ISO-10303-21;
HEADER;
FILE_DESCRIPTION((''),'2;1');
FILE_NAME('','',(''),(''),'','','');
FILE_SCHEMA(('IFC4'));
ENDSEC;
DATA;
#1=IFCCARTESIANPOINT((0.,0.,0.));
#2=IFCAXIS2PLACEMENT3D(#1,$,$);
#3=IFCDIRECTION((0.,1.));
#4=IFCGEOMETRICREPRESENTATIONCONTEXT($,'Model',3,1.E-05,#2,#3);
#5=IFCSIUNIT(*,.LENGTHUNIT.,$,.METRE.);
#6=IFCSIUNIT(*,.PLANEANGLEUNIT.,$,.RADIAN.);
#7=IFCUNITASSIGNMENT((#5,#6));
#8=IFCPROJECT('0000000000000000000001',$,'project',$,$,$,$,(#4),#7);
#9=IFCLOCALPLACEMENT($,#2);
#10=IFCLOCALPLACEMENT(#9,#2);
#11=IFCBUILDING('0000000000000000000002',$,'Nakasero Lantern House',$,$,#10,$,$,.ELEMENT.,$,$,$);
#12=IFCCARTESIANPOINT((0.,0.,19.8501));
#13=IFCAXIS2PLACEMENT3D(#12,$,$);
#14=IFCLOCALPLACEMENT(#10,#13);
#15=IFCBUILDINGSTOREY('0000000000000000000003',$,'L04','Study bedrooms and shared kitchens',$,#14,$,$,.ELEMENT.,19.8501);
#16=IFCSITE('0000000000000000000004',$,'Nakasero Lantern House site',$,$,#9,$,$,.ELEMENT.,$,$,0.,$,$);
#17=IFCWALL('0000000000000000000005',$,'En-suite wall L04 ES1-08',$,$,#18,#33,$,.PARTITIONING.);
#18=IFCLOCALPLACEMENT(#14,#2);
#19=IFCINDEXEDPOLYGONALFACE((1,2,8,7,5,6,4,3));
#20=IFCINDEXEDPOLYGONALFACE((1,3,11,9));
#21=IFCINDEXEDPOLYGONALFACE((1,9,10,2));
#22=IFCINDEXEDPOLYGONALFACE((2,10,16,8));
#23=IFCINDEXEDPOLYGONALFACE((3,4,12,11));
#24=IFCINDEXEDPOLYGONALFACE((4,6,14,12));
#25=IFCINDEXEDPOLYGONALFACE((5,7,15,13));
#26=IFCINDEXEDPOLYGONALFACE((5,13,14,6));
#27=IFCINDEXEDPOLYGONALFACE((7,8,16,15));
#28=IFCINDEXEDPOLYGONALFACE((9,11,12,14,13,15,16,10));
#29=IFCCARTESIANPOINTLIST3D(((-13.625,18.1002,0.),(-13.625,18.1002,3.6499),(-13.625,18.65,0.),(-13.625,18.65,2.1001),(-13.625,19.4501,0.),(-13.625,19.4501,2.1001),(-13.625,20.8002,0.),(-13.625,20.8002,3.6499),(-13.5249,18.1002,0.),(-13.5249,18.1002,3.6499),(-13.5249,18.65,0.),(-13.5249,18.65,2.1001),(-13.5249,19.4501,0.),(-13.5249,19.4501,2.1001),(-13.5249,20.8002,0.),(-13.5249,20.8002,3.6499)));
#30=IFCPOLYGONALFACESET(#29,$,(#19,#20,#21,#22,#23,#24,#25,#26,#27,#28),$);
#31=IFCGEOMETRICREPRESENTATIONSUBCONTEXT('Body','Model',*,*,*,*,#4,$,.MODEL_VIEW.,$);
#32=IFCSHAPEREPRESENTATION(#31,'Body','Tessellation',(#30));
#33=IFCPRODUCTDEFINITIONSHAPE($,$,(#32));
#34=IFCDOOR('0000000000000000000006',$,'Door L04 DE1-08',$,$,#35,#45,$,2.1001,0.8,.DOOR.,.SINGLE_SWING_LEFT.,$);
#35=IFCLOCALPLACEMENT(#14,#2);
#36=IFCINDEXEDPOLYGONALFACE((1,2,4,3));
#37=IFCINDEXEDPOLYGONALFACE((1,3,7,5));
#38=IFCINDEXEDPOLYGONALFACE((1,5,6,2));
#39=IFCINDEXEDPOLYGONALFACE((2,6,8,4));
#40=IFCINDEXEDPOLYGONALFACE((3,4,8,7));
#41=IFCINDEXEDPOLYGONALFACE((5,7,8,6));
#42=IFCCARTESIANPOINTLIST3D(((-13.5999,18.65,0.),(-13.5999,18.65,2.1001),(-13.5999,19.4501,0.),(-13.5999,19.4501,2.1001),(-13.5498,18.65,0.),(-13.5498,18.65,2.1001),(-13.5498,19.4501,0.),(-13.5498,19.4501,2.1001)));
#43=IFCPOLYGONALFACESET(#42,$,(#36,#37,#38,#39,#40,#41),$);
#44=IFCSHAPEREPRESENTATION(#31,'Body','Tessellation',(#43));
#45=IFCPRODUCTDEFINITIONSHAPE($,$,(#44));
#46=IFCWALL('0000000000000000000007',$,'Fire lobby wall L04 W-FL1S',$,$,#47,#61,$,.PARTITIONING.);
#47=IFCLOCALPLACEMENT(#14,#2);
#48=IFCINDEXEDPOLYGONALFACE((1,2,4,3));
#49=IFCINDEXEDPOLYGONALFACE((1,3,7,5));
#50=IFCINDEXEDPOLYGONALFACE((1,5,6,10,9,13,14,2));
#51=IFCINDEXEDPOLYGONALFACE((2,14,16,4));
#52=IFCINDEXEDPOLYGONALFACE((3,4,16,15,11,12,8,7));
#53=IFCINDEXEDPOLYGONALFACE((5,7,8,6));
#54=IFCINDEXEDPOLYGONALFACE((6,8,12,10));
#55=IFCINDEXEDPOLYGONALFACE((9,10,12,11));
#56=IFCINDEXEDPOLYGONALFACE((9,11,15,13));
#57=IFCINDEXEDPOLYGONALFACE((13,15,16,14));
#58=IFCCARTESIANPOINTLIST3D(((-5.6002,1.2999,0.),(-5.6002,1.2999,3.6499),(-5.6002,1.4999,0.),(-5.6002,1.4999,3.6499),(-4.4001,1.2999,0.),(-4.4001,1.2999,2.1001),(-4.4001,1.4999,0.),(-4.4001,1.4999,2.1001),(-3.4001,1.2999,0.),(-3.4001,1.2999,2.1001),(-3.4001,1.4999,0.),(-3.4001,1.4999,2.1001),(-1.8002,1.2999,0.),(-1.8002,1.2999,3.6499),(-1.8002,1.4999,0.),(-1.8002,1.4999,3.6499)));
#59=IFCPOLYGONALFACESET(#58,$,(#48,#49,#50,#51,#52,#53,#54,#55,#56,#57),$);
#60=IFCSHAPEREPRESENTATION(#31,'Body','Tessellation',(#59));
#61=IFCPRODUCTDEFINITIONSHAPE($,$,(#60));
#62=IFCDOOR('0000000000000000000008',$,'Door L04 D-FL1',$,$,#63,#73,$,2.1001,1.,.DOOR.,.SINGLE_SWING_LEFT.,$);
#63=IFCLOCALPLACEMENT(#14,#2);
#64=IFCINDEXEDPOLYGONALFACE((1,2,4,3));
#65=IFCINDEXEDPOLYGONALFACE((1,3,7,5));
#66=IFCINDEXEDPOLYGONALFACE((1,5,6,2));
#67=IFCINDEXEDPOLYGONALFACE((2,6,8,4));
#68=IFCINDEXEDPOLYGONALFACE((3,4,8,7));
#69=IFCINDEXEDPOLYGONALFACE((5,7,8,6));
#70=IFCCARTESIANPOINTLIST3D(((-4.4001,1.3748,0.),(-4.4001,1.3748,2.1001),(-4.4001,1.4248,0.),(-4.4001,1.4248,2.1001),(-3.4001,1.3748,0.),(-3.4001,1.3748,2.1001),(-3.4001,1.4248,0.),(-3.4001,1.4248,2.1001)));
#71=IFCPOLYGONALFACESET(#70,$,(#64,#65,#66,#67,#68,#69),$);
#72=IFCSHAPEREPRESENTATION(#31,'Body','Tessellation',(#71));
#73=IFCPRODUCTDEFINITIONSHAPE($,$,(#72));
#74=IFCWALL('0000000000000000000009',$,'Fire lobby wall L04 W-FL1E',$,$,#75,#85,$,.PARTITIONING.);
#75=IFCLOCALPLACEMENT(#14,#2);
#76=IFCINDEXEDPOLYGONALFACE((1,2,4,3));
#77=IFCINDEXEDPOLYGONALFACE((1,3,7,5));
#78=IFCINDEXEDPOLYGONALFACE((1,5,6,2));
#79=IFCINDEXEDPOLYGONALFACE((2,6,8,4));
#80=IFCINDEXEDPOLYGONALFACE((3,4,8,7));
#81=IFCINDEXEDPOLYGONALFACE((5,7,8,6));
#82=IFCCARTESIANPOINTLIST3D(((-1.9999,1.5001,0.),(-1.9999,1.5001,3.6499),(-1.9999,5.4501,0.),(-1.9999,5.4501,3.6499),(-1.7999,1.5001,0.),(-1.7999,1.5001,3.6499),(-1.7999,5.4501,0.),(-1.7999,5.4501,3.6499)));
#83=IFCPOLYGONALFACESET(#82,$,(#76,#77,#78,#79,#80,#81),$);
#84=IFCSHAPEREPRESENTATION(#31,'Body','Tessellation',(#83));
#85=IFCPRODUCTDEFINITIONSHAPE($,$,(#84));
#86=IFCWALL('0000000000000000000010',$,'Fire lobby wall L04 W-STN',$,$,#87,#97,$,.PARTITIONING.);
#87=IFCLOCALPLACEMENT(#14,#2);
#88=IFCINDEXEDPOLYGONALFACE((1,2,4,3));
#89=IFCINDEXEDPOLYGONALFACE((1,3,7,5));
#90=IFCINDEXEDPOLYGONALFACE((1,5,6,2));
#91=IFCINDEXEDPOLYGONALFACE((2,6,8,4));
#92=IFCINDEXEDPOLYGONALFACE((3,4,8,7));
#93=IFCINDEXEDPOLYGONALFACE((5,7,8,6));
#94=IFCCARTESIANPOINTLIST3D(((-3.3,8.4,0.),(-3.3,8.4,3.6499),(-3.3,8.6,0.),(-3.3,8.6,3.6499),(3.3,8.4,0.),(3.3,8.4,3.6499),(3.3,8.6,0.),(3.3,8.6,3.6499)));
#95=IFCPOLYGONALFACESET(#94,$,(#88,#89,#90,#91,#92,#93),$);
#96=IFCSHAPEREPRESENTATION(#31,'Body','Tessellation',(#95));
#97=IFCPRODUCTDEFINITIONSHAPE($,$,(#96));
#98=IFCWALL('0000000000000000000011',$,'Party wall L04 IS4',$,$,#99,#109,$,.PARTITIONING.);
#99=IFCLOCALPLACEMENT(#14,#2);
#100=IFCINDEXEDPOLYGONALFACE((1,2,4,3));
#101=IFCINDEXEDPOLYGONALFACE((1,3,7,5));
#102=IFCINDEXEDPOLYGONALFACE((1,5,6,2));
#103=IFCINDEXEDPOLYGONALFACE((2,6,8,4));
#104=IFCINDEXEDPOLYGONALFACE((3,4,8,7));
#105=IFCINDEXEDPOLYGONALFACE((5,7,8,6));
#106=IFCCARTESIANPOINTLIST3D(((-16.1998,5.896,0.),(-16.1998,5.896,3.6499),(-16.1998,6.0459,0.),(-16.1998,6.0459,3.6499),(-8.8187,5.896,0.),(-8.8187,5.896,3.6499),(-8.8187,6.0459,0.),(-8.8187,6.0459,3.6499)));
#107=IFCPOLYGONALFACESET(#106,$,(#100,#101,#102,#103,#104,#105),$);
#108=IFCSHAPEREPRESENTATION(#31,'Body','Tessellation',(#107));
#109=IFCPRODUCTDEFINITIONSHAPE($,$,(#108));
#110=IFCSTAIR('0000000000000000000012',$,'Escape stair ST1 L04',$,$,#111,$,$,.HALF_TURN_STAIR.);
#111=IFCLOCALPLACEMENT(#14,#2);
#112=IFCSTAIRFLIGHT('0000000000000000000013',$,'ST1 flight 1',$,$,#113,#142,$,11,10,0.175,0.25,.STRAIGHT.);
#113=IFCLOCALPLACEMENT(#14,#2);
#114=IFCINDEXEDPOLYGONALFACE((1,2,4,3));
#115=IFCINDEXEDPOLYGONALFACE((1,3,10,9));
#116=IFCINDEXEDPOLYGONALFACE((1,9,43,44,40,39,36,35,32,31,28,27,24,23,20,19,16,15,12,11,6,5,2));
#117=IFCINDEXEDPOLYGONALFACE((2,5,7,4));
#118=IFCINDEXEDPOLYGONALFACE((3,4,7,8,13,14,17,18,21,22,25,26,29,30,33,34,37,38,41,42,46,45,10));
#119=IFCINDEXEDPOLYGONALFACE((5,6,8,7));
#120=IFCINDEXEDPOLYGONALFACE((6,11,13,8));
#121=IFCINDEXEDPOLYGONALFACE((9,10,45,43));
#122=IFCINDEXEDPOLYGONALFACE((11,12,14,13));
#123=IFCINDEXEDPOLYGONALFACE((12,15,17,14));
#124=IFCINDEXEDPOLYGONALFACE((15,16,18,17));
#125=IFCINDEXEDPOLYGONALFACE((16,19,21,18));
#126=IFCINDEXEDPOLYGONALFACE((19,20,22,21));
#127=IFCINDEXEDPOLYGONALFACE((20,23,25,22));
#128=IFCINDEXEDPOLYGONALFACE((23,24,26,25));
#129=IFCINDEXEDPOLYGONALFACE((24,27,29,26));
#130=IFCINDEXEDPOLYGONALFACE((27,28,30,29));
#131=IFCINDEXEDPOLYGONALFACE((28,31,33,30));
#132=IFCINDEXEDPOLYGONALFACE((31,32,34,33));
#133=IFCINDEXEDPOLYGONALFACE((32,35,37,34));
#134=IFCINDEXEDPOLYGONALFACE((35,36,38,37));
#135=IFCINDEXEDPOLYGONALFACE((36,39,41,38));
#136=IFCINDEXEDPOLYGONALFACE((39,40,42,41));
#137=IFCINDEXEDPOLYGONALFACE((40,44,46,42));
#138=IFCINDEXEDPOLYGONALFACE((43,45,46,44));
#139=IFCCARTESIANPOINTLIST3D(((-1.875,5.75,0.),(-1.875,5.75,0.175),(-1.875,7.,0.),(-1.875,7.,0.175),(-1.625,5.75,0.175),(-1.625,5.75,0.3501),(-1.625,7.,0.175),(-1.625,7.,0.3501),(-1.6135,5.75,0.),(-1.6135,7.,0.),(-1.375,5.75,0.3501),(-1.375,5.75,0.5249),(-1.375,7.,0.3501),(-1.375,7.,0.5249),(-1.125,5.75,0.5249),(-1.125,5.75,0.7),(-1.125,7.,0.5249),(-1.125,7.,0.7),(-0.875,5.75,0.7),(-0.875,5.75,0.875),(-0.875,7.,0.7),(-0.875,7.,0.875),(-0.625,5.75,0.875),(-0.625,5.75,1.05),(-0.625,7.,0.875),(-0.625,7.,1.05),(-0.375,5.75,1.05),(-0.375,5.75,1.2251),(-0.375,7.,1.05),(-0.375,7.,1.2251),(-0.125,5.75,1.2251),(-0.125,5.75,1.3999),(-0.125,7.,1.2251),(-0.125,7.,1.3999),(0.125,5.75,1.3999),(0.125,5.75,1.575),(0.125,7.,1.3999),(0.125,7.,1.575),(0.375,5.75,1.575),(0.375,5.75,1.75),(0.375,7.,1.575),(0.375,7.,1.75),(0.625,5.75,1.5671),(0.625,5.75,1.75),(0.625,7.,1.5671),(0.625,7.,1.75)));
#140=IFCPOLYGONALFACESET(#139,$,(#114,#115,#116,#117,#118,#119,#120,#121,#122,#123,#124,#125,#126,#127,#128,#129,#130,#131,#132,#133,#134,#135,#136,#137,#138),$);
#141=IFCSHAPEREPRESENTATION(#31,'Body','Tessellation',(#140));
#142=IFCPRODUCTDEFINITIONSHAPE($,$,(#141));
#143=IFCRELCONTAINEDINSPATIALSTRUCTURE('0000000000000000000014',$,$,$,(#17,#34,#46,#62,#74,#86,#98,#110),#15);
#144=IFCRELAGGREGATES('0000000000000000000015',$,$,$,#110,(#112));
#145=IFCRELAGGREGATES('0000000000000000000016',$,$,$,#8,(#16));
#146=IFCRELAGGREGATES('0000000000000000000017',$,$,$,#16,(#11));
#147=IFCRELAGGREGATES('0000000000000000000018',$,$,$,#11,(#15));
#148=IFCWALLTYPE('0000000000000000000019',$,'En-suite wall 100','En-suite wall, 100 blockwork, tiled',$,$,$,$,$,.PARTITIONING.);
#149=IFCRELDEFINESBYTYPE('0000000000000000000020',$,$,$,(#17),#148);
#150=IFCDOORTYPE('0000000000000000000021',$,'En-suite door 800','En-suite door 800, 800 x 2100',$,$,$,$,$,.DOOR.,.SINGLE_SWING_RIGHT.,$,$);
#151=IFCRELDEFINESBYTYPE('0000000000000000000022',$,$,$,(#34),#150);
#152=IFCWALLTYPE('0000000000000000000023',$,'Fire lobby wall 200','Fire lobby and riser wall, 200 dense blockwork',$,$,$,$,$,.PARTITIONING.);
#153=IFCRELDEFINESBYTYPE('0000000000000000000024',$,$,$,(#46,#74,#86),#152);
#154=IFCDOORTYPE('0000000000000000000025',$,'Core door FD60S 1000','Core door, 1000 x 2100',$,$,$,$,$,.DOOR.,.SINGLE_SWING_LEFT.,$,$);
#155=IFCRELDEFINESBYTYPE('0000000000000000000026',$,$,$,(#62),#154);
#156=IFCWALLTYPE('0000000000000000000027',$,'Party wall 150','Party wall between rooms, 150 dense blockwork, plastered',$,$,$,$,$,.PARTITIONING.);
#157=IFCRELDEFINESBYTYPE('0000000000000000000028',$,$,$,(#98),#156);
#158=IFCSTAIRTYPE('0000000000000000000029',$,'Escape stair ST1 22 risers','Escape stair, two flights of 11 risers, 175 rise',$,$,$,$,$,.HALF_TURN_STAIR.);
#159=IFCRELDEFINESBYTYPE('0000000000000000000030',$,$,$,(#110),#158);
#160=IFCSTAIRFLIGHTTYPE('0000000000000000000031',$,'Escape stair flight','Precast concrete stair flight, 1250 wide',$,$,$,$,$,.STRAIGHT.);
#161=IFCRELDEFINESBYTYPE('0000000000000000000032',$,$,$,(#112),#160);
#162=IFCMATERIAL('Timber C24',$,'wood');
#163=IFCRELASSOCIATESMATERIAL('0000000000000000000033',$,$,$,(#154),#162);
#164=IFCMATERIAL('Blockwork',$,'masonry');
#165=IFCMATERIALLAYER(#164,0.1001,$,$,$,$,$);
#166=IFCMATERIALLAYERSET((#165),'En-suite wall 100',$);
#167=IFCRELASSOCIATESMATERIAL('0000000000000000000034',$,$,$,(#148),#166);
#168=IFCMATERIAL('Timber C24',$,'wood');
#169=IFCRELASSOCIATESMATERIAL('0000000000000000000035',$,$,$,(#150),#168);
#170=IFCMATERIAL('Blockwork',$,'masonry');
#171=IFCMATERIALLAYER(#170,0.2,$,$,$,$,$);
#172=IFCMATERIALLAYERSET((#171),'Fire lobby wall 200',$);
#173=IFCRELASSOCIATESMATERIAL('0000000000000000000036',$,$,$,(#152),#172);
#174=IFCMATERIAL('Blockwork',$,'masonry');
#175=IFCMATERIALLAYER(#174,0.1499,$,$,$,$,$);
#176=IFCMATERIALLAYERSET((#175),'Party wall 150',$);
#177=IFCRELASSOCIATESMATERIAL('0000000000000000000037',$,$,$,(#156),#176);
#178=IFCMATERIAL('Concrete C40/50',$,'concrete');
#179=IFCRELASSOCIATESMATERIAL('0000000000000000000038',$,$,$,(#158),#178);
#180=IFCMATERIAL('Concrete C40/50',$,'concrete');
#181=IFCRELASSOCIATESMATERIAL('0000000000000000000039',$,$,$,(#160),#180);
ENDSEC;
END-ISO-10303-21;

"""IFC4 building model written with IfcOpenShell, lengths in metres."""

from ifc_helpers import new_model, si_unit, direction, frame, frame_2d, origin, place, context, subcontext, project, spatial, polyline, rectangle, outline, extrude, material, layer, layer_set, type_object, element, fill, aggregate, save


model = new_model("IFC4")

# Units and contexts
model_context = context("Model", 3, precision=1e-05, world=origin(), true_north=direction((0.0, 1.0)))
body_context = subcontext(model_context, "Body", "Model", "MODEL_VIEW")
ifc_project = project(units=[si_unit("LENGTHUNIT", "METRE"), si_unit("PLANEANGLEUNIT", "RADIAN")], contexts=[model_context])

# Site, building, storey
site_placement = place(None, origin())
site = spatial("IfcSite", under=ifc_project, at=site_placement, Name="Nakasero Lantern House site", CompositionType="ELEMENT", RefElevation=0.0)
building_placement = place(site_placement, origin())
building = spatial("IfcBuilding", under=site, at=building_placement, Name="Nakasero Lantern House", CompositionType="ELEMENT")
storey_placement = place(building_placement, frame((0.0, 0.0, 19.8501)))
storey = spatial("IfcBuildingStorey", under=building, at=storey_placement, Name="L04", Description="Study bedrooms and shared kitchens", CompositionType="ELEMENT", Elevation=19.8501)

# Shared definitions
ifc_material_1 = material(Name="Timber C24", Category="wood")
door_type_1 = type_object("IfcDoorType", Name="Core door FD60S 1000", Description="Core door, 1000 x 2100", OperationType="SINGLE_SWING_LEFT", PredefinedType="DOOR", material=ifc_material_1)

# Walls, openings, doors
ifc_material_2 = material(Name="Blockwork", Category="masonry")
ifc_layer_1 = layer(ifc_material_2, 0.1001)
ifc_layer_set_1 = layer_set([ifc_layer_1], Name="En-suite wall 100")
wall_type_1 = type_object("IfcWallType", Name="En-suite wall 100", Description="En-suite wall, 100 blockwork, tiled", PredefinedType="PARTITIONING", material=ifc_layer_set_1)
wall_1_placement = place(storey_placement, frame((-13.575, 18.1001, 0.0), z_axis=(0.0, 0.0, 1.0), x_axis=(0.0, 1.0, 0.0)))
wall_1 = element("IfcWall", 1, at=wall_1_placement, inside=storey, type_object=wall_type_1, Name="En-suite wall L04 ES1-08", PredefinedType="PARTITIONING", context=body_context, shape_type="SweptSolid", body=[
    extrude(rectangle(XDim=2.7, YDim=0.1001, at=frame_2d((1.3501, 0.0))), origin(), (0.0, 0.0, 1.0), 3.6499),
])
opening_1_placement = place(wall_1_placement, frame((0.55, 0.0, 0.0)))
opening_1 = element("IfcOpeningElement", 2, at=opening_1_placement, cuts=wall_1, PredefinedType="OPENING", context=body_context, shape_type="SweptSolid", body=[
    extrude(rectangle(XDim=0.8, YDim=2.1001, at=frame_2d((0.3999, 1.05))), frame((0.0, 0.0701, 0.0), z_axis=(0.0, -1.0, 0.0), x_axis=(1.0, 0.0, 0.0)), (0.0, 0.0, 1.0), 0.1401),
])
ifc_material_3 = material(Name="Timber C24", Category="wood")
door_type_2 = type_object("IfcDoorType", Name="En-suite door 800", Description="En-suite door 800, 800 x 2100", OperationType="SINGLE_SWING_RIGHT", PredefinedType="DOOR", material=ifc_material_3)
door_1_placement = place(opening_1_placement, origin())
door_1 = element("IfcDoor", 3, at=door_1_placement, inside=storey, type_object=door_type_2, Name="Door L04 DE1-08", OperationType="SINGLE_SWING_LEFT", OverallHeight=2.1001, OverallWidth=0.8, PredefinedType="DOOR", context=body_context, shape_type="SweptSolid", body=[
    extrude(rectangle(XDim=0.8, YDim=2.1001, at=frame_2d((0.3999, 1.05))), frame((0.0, 0.0249, 0.0), z_axis=(0.0, -1.0, 0.0), x_axis=(1.0, 0.0, 0.0)), (0.0, 0.0, 1.0), 0.05),
])
fill(opening_1, door_1)
ifc_material_4 = material(Name="Blockwork", Category="masonry")
ifc_layer_2 = layer(ifc_material_4, 0.2)
ifc_layer_set_2 = layer_set([ifc_layer_2], Name="Fire lobby wall 200")
wall_type_2 = type_object("IfcWallType", Name="Fire lobby wall 200", Description="Fire lobby and riser wall, 200 dense blockwork", PredefinedType="PARTITIONING", material=ifc_layer_set_2)
wall_2_placement = place(storey_placement, frame((-5.6001, 1.3999, 0.0), z_axis=(0.0, 0.0, 1.0), x_axis=(1.0, 0.0, 0.0)))
wall_2 = element("IfcWall", 4, at=wall_2_placement, inside=storey, type_object=wall_type_2, Name="Fire lobby wall L04 W-FL1S", PredefinedType="PARTITIONING", context=body_context, shape_type="SweptSolid", body=[
    extrude(rectangle(XDim=3.8, YDim=0.2, at=frame_2d((1.8999, 0.0))), origin(), (0.0, 0.0, 1.0), 3.6499),
])
opening_2_placement = place(wall_2_placement, frame((1.2, 0.0, 0.0)))
opening_2 = element("IfcOpeningElement", 5, at=opening_2_placement, cuts=wall_2, PredefinedType="OPENING", context=body_context, shape_type="SweptSolid", body=[
    extrude(rectangle(XDim=1.0, YDim=2.1001, at=frame_2d((0.5, 1.05))), frame((0.0, 0.1199, 0.0), z_axis=(0.0, -1.0, 0.0), x_axis=(1.0, 0.0, 0.0)), (0.0, 0.0, 1.0), 0.24),
])
door_2_placement = place(opening_2_placement, origin())
door_2 = element("IfcDoor", 6, at=door_2_placement, inside=storey, type_object=door_type_1, Name="Door L04 D-FL1", OperationType="SINGLE_SWING_LEFT", OverallHeight=2.1001, OverallWidth=1.0, PredefinedType="DOOR", context=body_context, shape_type="SweptSolid", body=[
    extrude(rectangle(XDim=1.0, YDim=2.1001, at=frame_2d((0.5, 1.05))), frame((0.0, 0.0249, 0.0), z_axis=(0.0, -1.0, 0.0), x_axis=(1.0, 0.0, 0.0)), (0.0, 0.0, 1.0), 0.05),
])
fill(opening_2, door_2)

# Walls
wall_3_placement = place(storey_placement, frame((-1.8999, 1.5, 0.0), z_axis=(0.0, 0.0, 1.0), x_axis=(0.0, 1.0, 0.0)))
element("IfcWall", 7, at=wall_3_placement, inside=storey, type_object=wall_type_2, Name="Fire lobby wall L04 W-FL1E", PredefinedType="PARTITIONING", context=body_context, shape_type="SweptSolid", body=[
    extrude(rectangle(XDim=3.95, YDim=0.2, at=frame_2d((1.9751, 0.0))), origin(), (0.0, 0.0, 1.0), 3.6499),
])
wall_4_placement = place(storey_placement, frame((-3.3, 8.5, 0.0), z_axis=(0.0, 0.0, 1.0), x_axis=(1.0, 0.0, 0.0)))
element("IfcWall", 8, at=wall_4_placement, inside=storey, type_object=wall_type_2, Name="Fire lobby wall L04 W-STN", PredefinedType="PARTITIONING", context=body_context, shape_type="SweptSolid", body=[
    extrude(rectangle(XDim=6.6001, YDim=0.2, at=frame_2d((3.3, 0.0))), origin(), (0.0, 0.0, 1.0), 3.6499),
])
ifc_material_5 = material(Name="Blockwork", Category="masonry")
ifc_layer_3 = layer(ifc_material_5, 0.1499)
ifc_layer_set_3 = layer_set([ifc_layer_3], Name="Party wall 150")
wall_type_3 = type_object("IfcWallType", Name="Party wall 150", Description="Party wall between rooms, 150 dense blockwork, plastered", PredefinedType="PARTITIONING", material=ifc_layer_set_3)
wall_5_placement = place(storey_placement, frame((-8.8188, 5.9709, 0.0), z_axis=(0.0, 0.0, 1.0), x_axis=(-1.0, 0.0, 0.0)))
element("IfcWall", 9, at=wall_5_placement, inside=storey, type_object=wall_type_3, Name="Party wall L04 IS4", PredefinedType="PARTITIONING", context=body_context, shape_type="SweptSolid", body=[
    extrude(rectangle(XDim=7.3811, YDim=0.1499, at=frame_2d((3.6904, 0.0))), origin(), (0.0, 0.0, 1.0), 3.6499),
])

# Stair, stair flight
ifc_material_6 = material(Name="Concrete C40/50", Category="concrete")
stair_type = type_object("IfcStairType", Name="Escape stair ST1 22 risers", Description="Escape stair, two flights of 11 risers, 175 rise", PredefinedType="HALF_TURN_STAIR", material=ifc_material_6)
stair_placement = place(storey_placement, origin())
stair = element("IfcStair", 10, at=stair_placement, inside=storey, type_object=stair_type, Name="Escape stair ST1 L04", PredefinedType="HALF_TURN_STAIR")
ifc_material_7 = material(Name="Concrete C40/50", Category="concrete")
stair_flight_type = type_object("IfcStairFlightType", Name="Escape stair flight", Description="Precast concrete stair flight, 1250 wide", PredefinedType="STRAIGHT", material=ifc_material_7)
stair_flight_placement = place(storey_placement, frame((-1.875, 6.375, 0.0), z_axis=(0.0, 0.0, 1.0), x_axis=(1.0, 0.0, 0.0)))
stair_flight = element("IfcStairFlight", 11, at=stair_flight_placement, type_object=stair_flight_type, Name="ST1 flight 1", NumberOfRisers=11, NumberOfTreads=10, PredefinedType="STRAIGHT", RiserHeight=0.175, TreadLength=0.25, context=body_context, shape_type="SweptSolid", body=[
    extrude(outline(polyline([(0.0, 0.0), (0.0, 0.175), (0.25, 0.175), (0.25, 0.3501), (0.5, 0.3501), (0.5, 0.5249), (0.75, 0.5249), (0.75, 0.7), (1.0, 0.7), (1.0, 0.875), (1.25, 0.875), (1.25, 1.05), (1.5, 1.05), (1.5, 1.2251), (1.75, 1.2251), (1.75, 1.3999), (2.0, 1.3999), (2.0, 1.575), (2.25, 1.575), (2.25, 1.75), (2.5, 1.75), (2.5, 1.925), (2.5, 1.5671), (0.2615, 0.0), (0.0, 0.0)])), frame((0.0, 0.625, 0.0), z_axis=(0.0, -1.0, 0.0), x_axis=(1.0, 0.0, 0.0)), (0.0, 0.0, 1.0), 1.25),
])
aggregate(stair, [stair_flight])

save(model, "model.ifc")
